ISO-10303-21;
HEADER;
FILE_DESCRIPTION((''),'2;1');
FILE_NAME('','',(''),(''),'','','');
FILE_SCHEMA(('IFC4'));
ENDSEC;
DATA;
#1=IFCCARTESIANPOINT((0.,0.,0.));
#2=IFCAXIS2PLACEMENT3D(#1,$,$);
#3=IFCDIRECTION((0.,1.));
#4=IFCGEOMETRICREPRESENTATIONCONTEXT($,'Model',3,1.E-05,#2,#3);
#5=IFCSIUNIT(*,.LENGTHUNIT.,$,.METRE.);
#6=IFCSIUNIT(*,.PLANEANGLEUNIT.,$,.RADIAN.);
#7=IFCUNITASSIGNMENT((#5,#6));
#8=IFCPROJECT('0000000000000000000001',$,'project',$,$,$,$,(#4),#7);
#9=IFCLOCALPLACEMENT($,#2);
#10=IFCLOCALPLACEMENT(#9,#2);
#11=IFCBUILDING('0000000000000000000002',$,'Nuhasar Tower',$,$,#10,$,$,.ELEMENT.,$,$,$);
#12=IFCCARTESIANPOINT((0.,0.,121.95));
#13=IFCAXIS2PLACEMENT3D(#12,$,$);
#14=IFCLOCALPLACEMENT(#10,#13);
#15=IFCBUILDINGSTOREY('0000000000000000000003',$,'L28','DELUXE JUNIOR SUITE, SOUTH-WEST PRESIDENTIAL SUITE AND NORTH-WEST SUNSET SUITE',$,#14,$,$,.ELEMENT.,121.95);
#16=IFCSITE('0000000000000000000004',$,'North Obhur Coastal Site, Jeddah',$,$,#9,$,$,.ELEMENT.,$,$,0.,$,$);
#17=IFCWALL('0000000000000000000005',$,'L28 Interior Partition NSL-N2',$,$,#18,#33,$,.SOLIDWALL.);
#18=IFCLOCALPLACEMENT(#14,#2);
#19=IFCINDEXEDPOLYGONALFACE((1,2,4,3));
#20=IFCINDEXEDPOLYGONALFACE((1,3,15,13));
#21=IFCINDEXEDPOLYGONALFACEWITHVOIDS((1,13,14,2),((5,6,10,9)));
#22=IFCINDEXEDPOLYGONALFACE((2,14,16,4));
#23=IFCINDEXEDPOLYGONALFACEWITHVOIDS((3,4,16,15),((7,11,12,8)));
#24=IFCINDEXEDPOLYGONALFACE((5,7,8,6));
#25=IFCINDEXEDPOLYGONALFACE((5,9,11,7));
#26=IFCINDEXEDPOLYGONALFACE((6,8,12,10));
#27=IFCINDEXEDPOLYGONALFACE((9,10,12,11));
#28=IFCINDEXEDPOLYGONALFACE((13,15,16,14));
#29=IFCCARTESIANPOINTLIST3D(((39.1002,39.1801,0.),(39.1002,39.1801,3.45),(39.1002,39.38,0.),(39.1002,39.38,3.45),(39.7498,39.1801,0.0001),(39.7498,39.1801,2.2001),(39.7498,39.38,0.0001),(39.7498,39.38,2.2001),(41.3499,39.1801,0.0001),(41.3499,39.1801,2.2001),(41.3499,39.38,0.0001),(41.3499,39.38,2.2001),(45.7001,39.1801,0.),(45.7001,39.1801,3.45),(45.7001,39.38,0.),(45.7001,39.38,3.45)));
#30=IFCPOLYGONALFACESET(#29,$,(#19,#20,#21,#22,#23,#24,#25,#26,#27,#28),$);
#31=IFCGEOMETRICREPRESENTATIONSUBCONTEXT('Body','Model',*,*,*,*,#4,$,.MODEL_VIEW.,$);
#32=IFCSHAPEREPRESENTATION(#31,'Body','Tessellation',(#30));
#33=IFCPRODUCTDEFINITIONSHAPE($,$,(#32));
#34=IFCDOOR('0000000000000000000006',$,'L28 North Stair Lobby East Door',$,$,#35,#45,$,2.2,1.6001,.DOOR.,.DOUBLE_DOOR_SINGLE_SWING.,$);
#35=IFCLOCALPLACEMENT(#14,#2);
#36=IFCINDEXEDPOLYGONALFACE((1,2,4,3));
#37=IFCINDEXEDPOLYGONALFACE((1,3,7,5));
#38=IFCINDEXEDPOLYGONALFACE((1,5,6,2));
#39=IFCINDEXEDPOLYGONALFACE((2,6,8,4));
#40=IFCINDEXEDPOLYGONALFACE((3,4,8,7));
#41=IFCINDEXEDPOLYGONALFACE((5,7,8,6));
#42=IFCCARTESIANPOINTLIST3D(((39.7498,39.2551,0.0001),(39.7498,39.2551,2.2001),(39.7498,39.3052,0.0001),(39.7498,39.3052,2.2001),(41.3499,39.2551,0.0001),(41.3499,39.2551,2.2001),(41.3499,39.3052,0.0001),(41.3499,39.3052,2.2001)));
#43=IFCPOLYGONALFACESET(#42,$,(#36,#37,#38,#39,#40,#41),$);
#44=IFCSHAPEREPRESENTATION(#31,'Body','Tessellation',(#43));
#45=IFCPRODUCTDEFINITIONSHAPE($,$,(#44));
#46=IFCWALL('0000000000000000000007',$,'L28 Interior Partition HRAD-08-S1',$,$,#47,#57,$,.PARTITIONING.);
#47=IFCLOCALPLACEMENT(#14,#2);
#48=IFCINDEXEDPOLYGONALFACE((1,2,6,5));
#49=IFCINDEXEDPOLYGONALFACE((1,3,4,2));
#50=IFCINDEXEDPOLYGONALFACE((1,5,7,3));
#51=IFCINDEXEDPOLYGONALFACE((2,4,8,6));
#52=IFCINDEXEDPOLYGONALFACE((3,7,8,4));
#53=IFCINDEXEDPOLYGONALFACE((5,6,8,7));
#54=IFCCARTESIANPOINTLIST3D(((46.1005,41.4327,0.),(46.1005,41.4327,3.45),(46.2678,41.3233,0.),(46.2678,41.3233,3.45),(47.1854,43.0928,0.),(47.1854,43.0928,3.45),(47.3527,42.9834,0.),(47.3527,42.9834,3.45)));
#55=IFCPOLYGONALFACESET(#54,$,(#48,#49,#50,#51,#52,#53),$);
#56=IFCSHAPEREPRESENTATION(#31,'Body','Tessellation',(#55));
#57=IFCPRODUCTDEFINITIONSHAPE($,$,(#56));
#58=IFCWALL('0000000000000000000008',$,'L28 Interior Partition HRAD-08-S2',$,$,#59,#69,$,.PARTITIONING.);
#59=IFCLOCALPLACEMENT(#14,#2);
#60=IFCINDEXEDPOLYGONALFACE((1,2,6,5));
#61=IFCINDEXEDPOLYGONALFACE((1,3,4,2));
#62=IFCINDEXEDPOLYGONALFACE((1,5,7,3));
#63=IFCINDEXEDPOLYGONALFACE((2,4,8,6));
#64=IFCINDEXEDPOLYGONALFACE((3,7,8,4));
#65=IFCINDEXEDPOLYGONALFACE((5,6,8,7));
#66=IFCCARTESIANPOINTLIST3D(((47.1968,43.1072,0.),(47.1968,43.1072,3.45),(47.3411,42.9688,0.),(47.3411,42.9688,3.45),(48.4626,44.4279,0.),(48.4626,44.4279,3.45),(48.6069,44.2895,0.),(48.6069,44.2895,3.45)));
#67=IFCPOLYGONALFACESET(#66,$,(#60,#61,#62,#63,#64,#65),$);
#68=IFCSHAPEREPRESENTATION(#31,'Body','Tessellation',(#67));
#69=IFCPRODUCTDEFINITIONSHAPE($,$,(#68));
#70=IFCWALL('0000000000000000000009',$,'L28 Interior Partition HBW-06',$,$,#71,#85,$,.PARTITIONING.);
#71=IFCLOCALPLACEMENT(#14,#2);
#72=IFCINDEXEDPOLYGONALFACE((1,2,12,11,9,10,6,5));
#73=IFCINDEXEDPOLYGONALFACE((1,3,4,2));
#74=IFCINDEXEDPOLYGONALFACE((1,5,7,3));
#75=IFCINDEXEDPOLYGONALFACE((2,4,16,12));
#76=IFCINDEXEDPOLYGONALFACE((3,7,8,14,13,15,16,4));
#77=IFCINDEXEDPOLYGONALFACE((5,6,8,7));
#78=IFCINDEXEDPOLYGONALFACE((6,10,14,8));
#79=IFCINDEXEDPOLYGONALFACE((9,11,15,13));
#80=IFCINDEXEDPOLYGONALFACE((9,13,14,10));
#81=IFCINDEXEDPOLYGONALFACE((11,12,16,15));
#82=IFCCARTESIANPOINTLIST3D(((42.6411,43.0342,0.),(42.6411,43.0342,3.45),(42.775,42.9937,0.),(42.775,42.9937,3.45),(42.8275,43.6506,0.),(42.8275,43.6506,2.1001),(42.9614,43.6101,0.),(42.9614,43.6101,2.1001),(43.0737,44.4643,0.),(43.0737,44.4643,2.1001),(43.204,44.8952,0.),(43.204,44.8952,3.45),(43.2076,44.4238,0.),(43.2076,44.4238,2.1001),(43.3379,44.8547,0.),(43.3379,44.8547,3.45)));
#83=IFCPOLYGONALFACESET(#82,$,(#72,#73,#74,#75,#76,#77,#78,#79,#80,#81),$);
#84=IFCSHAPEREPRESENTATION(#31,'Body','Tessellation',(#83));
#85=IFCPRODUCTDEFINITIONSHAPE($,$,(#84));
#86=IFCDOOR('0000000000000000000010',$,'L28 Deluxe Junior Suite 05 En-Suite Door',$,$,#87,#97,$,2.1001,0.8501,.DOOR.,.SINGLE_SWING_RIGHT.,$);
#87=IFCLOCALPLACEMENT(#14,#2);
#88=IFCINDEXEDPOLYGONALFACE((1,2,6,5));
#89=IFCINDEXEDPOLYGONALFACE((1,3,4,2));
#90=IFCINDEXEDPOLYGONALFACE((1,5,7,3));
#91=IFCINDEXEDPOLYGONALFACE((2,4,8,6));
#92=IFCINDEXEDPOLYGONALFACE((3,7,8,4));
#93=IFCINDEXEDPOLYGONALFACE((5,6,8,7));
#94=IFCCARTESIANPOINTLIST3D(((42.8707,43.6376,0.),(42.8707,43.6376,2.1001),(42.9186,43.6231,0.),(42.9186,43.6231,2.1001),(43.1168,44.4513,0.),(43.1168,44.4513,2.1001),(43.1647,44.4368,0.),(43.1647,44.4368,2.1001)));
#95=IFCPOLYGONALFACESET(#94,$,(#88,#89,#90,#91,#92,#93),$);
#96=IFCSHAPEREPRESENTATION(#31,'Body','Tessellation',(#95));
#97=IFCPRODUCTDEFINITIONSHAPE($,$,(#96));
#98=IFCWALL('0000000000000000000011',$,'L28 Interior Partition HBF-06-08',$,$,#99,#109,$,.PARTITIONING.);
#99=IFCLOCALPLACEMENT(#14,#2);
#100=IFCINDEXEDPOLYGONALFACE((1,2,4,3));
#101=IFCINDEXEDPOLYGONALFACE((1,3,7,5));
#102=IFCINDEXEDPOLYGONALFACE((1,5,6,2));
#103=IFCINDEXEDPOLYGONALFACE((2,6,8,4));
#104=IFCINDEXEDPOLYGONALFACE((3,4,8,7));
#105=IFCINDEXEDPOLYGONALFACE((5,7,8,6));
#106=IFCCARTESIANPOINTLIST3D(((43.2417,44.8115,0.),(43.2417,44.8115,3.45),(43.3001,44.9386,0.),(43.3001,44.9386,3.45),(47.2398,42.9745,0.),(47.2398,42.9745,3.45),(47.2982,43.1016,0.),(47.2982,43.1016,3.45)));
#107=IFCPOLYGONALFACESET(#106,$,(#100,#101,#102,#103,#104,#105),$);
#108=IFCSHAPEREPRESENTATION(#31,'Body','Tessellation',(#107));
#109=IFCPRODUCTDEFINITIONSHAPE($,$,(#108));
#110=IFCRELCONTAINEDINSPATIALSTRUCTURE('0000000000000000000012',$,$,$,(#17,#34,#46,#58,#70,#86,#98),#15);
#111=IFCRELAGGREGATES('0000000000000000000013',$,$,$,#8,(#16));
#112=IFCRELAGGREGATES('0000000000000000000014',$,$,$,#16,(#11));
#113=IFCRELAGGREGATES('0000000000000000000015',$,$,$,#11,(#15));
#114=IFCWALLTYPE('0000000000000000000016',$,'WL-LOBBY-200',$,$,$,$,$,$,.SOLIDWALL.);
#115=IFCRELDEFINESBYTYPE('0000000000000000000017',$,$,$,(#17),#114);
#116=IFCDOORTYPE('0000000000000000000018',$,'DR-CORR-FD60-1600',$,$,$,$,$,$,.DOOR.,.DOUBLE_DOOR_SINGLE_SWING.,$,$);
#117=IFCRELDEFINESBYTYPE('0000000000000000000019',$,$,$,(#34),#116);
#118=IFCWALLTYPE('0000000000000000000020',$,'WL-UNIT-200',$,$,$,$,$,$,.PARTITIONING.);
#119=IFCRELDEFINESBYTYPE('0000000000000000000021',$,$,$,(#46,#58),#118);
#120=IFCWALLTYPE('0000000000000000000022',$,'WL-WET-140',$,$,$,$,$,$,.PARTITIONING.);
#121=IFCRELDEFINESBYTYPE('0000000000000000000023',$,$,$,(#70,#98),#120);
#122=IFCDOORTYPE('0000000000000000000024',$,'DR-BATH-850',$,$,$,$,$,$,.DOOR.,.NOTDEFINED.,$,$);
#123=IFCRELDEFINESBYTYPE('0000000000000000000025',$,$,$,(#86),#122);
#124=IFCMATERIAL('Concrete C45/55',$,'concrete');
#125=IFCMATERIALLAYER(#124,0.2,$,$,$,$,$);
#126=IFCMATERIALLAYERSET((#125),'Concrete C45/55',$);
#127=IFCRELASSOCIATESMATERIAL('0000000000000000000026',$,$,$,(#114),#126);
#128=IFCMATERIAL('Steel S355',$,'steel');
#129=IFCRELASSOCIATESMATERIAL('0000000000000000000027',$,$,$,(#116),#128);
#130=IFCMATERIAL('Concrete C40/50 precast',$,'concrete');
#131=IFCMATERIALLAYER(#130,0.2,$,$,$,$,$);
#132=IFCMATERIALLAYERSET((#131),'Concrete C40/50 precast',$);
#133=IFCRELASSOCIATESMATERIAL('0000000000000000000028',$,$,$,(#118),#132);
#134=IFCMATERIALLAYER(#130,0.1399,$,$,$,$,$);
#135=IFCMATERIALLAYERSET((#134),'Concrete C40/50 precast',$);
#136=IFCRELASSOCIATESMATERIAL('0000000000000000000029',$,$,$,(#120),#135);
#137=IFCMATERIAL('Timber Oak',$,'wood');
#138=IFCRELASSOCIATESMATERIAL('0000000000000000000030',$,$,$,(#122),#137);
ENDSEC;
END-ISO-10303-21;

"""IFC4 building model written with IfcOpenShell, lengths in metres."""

from ifc_helpers import new_model, si_unit, direction, frame, frame_2d, origin, place, context, subcontext, project, spatial, rectangle, extrude, material, layer, layer_set, type_object, element, fill, save


model = new_model("IFC4")

# Units and contexts
model_context = context("Model", 3, precision=1e-05, world=origin(), true_north=direction((0.0, 1.0)))
body_context = subcontext(model_context, "Body", "Model", "MODEL_VIEW")
ifc_project = project(units=[si_unit("LENGTHUNIT", "METRE"), si_unit("PLANEANGLEUNIT", "RADIAN")], contexts=[model_context])

# Site, building, storey
site_placement = place(None, origin())
site = spatial("IfcSite", under=ifc_project, at=site_placement, Name="North Obhur Coastal Site, Jeddah", CompositionType="ELEMENT", RefElevation=0.0)
building_placement = place(site_placement, origin())
building = spatial("IfcBuilding", under=site, at=building_placement, Name="Nuhasar Tower", CompositionType="ELEMENT")
storey_placement = place(building_placement, frame((0.0, 0.0, 121.95)))
storey = spatial("IfcBuildingStorey", under=building, at=storey_placement, Name="L28", Description="DELUXE JUNIOR SUITE, SOUTH-WEST PRESIDENTIAL SUITE AND NORTH-WEST SUNSET SUITE", CompositionType="ELEMENT", Elevation=121.95)

# Shared definitions
ifc_material_1 = material(Name="Steel S355", Category="steel")

# Shared definitions
ifc_material_2 = material(Name="Timber Oak", Category="wood")

# Shared definitions
ifc_material_3 = material(Name="Concrete C45/55", Category="concrete")
ifc_layer_1 = layer(ifc_material_3, 0.2)
ifc_layer_set_1 = layer_set([ifc_layer_1], Name="Concrete C45/55")
wall_type_1 = type_object("IfcWallType", Name="WL-LOBBY-200", PredefinedType="SOLIDWALL", material=ifc_layer_set_1)

# Wall, opening, door
wall_1_placement = place(storey_placement, frame((45.7, 39.28, 0.0), z_axis=(0.0, 0.0, 1.0), x_axis=(-1.0, 0.0, 0.0)))
wall_1 = element("IfcWall", 1, at=wall_1_placement, inside=storey, type_object=wall_type_1, Name="L28 Interior Partition NSL-N2", PredefinedType="SOLIDWALL", context=body_context, shape_type="SweptSolid", body=[
    extrude(rectangle(XDim=6.5999, YDim=0.2, at=frame_2d((3.2998, 0.0))), origin(), (0.0, 0.0, 1.0), 3.45),
])
opening_1_placement = place(wall_1_placement, frame((4.3501, 0.0, 0.0)))
opening_1 = element("IfcOpeningElement", 2, at=opening_1_placement, cuts=wall_1, PredefinedType="OPENING", context=body_context, shape_type="SweptSolid", body=[
    extrude(rectangle(XDim=1.6001, YDim=2.2, at=frame_2d((0.8, 1.1001))), frame((0.0, 0.1099, 0.0), z_axis=(0.0, -1.0, 0.0), x_axis=(1.0, 0.0, 0.0)), (0.0, 0.0, 1.0), 0.22),
])
door_type_1 = type_object("IfcDoorType", Name="DR-CORR-FD60-1600", OperationType="DOUBLE_DOOR_SINGLE_SWING", PredefinedType="DOOR", material=ifc_material_1)
door_1_placement = place(opening_1_placement, origin())
door_1 = element("IfcDoor", 3, at=door_1_placement, inside=storey, type_object=door_type_1, Name="L28 North Stair Lobby East Door", OperationType="DOUBLE_DOOR_SINGLE_SWING", OverallHeight=2.2, OverallWidth=1.6001, PredefinedType="DOOR", context=body_context, shape_type="SweptSolid", body=[
    extrude(rectangle(XDim=1.6001, YDim=2.2, at=frame_2d((0.8, 1.1001))), frame((0.0, 0.0249, 0.0), z_axis=(0.0, -1.0, 0.0), x_axis=(1.0, 0.0, 0.0)), (0.0, 0.0, 1.0), 0.05),
])
fill(opening_1, door_1)

# Walls
ifc_material_4 = material(Name="Concrete C40/50 precast", Category="concrete")
ifc_layer_2 = layer(ifc_material_4, 0.2)
ifc_layer_set_2 = layer_set([ifc_layer_2], Name="Concrete C40/50 precast")
wall_type_2 = type_object("IfcWallType", Name="WL-UNIT-200", PredefinedType="PARTITIONING", material=ifc_layer_set_2)
wall_2_placement = place(storey_placement, frame((46.1841, 41.3779, 0.0), z_axis=(0.0, 0.0, 1.0), x_axis=(0.547064, 0.837091, 0.0)))
element("IfcWall", 4, at=wall_2_placement, inside=storey, type_object=wall_type_2, Name="L28 Interior Partition HRAD-08-S1", PredefinedType="PARTITIONING", context=body_context, shape_type="SweptSolid", body=[
    extrude(rectangle(XDim=1.9832, YDim=0.2, at=frame_2d((0.9917, 0.0))), origin(), (0.0, 0.0, 1.0), 3.45),
])
wall_3_placement = place(storey_placement, frame((47.269, 43.0381, 0.0), z_axis=(0.0, 0.0, 1.0), x_axis=(0.691934, 0.72196, 0.0)))
element("IfcWall", 5, at=wall_3_placement, inside=storey, type_object=wall_type_2, Name="L28 Interior Partition HRAD-08-S2", PredefinedType="PARTITIONING", context=body_context, shape_type="SweptSolid", body=[
    extrude(rectangle(XDim=1.8293, YDim=0.2, at=frame_2d((0.9146, 0.0))), origin(), (0.0, 0.0, 1.0), 3.45),
])

# Wall, opening, door
ifc_layer_3 = layer(ifc_material_4, 0.1399)
ifc_layer_set_3 = layer_set([ifc_layer_3], Name="Concrete C40/50 precast")
wall_type_3 = type_object("IfcWallType", Name="WL-WET-140", PredefinedType="PARTITIONING", material=ifc_layer_set_3)
wall_4_placement = place(storey_placement, frame((42.708, 43.0139, 0.0), z_axis=(0.0, 0.0, 1.0), x_axis=(0.289547, 0.957164, 0.0)))
wall_4 = element("IfcWall", 6, at=wall_4_placement, inside=storey, type_object=wall_type_3, Name="L28 Interior Partition HBW-06", PredefinedType="PARTITIONING", context=body_context, shape_type="SweptSolid", body=[
    extrude(rectangle(XDim=1.9443, YDim=0.1399, at=frame_2d((0.9722, 0.0))), origin(), (0.0, 0.0, 1.0), 3.45),
])
opening_2_placement = place(wall_4_placement, frame((0.644, 0.0, 0.0)))
opening_2 = element("IfcOpeningElement", 7, at=opening_2_placement, cuts=wall_4, PredefinedType="OPENING", context=body_context, shape_type="SweptSolid", body=[
    extrude(rectangle(XDim=0.8501, YDim=2.1001, at=frame_2d((0.425, 1.05))), frame((0.0, 0.0801, 0.0), z_axis=(0.0, -1.0, 0.0), x_axis=(1.0, 0.0, 0.0)), (0.0, 0.0, 1.0), 0.1599),
])
door_type_2 = type_object("IfcDoorType", Name="DR-BATH-850", OperationType="NOTDEFINED", PredefinedType="DOOR", material=ifc_material_2)
door_2_placement = place(opening_2_placement, origin())
door_2 = element("IfcDoor", 8, at=door_2_placement, inside=storey, type_object=door_type_2, Name="L28 Deluxe Junior Suite 05 En-Suite Door", OperationType="SINGLE_SWING_RIGHT", OverallHeight=2.1001, OverallWidth=0.8501, PredefinedType="DOOR", context=body_context, shape_type="SweptSolid", body=[
    extrude(rectangle(XDim=0.8501, YDim=2.1001, at=frame_2d((0.425, 1.05))), frame((0.0, 0.0249, 0.0), z_axis=(0.0, -1.0, 0.0), x_axis=(1.0, 0.0, 0.0)), (0.0, 0.0, 1.0), 0.05),
])
fill(opening_2, door_2)

# Wall
wall_5_placement = place(storey_placement, frame((47.269, 43.0381, 0.0), z_axis=(0.0, 0.0, 1.0), x_axis=(-0.908679, 0.417495, 0.0)))
element("IfcWall", 9, at=wall_5_placement, inside=storey, type_object=wall_type_3, Name="L28 Interior Partition HBF-06-08", PredefinedType="PARTITIONING", context=body_context, shape_type="SweptSolid", body=[
    extrude(rectangle(XDim=4.3999, YDim=0.1399, at=frame_2d((2.2, 0.0))), origin(), (0.0, 0.0, 1.0), 3.45),
])

save(model, "model.ifc")
